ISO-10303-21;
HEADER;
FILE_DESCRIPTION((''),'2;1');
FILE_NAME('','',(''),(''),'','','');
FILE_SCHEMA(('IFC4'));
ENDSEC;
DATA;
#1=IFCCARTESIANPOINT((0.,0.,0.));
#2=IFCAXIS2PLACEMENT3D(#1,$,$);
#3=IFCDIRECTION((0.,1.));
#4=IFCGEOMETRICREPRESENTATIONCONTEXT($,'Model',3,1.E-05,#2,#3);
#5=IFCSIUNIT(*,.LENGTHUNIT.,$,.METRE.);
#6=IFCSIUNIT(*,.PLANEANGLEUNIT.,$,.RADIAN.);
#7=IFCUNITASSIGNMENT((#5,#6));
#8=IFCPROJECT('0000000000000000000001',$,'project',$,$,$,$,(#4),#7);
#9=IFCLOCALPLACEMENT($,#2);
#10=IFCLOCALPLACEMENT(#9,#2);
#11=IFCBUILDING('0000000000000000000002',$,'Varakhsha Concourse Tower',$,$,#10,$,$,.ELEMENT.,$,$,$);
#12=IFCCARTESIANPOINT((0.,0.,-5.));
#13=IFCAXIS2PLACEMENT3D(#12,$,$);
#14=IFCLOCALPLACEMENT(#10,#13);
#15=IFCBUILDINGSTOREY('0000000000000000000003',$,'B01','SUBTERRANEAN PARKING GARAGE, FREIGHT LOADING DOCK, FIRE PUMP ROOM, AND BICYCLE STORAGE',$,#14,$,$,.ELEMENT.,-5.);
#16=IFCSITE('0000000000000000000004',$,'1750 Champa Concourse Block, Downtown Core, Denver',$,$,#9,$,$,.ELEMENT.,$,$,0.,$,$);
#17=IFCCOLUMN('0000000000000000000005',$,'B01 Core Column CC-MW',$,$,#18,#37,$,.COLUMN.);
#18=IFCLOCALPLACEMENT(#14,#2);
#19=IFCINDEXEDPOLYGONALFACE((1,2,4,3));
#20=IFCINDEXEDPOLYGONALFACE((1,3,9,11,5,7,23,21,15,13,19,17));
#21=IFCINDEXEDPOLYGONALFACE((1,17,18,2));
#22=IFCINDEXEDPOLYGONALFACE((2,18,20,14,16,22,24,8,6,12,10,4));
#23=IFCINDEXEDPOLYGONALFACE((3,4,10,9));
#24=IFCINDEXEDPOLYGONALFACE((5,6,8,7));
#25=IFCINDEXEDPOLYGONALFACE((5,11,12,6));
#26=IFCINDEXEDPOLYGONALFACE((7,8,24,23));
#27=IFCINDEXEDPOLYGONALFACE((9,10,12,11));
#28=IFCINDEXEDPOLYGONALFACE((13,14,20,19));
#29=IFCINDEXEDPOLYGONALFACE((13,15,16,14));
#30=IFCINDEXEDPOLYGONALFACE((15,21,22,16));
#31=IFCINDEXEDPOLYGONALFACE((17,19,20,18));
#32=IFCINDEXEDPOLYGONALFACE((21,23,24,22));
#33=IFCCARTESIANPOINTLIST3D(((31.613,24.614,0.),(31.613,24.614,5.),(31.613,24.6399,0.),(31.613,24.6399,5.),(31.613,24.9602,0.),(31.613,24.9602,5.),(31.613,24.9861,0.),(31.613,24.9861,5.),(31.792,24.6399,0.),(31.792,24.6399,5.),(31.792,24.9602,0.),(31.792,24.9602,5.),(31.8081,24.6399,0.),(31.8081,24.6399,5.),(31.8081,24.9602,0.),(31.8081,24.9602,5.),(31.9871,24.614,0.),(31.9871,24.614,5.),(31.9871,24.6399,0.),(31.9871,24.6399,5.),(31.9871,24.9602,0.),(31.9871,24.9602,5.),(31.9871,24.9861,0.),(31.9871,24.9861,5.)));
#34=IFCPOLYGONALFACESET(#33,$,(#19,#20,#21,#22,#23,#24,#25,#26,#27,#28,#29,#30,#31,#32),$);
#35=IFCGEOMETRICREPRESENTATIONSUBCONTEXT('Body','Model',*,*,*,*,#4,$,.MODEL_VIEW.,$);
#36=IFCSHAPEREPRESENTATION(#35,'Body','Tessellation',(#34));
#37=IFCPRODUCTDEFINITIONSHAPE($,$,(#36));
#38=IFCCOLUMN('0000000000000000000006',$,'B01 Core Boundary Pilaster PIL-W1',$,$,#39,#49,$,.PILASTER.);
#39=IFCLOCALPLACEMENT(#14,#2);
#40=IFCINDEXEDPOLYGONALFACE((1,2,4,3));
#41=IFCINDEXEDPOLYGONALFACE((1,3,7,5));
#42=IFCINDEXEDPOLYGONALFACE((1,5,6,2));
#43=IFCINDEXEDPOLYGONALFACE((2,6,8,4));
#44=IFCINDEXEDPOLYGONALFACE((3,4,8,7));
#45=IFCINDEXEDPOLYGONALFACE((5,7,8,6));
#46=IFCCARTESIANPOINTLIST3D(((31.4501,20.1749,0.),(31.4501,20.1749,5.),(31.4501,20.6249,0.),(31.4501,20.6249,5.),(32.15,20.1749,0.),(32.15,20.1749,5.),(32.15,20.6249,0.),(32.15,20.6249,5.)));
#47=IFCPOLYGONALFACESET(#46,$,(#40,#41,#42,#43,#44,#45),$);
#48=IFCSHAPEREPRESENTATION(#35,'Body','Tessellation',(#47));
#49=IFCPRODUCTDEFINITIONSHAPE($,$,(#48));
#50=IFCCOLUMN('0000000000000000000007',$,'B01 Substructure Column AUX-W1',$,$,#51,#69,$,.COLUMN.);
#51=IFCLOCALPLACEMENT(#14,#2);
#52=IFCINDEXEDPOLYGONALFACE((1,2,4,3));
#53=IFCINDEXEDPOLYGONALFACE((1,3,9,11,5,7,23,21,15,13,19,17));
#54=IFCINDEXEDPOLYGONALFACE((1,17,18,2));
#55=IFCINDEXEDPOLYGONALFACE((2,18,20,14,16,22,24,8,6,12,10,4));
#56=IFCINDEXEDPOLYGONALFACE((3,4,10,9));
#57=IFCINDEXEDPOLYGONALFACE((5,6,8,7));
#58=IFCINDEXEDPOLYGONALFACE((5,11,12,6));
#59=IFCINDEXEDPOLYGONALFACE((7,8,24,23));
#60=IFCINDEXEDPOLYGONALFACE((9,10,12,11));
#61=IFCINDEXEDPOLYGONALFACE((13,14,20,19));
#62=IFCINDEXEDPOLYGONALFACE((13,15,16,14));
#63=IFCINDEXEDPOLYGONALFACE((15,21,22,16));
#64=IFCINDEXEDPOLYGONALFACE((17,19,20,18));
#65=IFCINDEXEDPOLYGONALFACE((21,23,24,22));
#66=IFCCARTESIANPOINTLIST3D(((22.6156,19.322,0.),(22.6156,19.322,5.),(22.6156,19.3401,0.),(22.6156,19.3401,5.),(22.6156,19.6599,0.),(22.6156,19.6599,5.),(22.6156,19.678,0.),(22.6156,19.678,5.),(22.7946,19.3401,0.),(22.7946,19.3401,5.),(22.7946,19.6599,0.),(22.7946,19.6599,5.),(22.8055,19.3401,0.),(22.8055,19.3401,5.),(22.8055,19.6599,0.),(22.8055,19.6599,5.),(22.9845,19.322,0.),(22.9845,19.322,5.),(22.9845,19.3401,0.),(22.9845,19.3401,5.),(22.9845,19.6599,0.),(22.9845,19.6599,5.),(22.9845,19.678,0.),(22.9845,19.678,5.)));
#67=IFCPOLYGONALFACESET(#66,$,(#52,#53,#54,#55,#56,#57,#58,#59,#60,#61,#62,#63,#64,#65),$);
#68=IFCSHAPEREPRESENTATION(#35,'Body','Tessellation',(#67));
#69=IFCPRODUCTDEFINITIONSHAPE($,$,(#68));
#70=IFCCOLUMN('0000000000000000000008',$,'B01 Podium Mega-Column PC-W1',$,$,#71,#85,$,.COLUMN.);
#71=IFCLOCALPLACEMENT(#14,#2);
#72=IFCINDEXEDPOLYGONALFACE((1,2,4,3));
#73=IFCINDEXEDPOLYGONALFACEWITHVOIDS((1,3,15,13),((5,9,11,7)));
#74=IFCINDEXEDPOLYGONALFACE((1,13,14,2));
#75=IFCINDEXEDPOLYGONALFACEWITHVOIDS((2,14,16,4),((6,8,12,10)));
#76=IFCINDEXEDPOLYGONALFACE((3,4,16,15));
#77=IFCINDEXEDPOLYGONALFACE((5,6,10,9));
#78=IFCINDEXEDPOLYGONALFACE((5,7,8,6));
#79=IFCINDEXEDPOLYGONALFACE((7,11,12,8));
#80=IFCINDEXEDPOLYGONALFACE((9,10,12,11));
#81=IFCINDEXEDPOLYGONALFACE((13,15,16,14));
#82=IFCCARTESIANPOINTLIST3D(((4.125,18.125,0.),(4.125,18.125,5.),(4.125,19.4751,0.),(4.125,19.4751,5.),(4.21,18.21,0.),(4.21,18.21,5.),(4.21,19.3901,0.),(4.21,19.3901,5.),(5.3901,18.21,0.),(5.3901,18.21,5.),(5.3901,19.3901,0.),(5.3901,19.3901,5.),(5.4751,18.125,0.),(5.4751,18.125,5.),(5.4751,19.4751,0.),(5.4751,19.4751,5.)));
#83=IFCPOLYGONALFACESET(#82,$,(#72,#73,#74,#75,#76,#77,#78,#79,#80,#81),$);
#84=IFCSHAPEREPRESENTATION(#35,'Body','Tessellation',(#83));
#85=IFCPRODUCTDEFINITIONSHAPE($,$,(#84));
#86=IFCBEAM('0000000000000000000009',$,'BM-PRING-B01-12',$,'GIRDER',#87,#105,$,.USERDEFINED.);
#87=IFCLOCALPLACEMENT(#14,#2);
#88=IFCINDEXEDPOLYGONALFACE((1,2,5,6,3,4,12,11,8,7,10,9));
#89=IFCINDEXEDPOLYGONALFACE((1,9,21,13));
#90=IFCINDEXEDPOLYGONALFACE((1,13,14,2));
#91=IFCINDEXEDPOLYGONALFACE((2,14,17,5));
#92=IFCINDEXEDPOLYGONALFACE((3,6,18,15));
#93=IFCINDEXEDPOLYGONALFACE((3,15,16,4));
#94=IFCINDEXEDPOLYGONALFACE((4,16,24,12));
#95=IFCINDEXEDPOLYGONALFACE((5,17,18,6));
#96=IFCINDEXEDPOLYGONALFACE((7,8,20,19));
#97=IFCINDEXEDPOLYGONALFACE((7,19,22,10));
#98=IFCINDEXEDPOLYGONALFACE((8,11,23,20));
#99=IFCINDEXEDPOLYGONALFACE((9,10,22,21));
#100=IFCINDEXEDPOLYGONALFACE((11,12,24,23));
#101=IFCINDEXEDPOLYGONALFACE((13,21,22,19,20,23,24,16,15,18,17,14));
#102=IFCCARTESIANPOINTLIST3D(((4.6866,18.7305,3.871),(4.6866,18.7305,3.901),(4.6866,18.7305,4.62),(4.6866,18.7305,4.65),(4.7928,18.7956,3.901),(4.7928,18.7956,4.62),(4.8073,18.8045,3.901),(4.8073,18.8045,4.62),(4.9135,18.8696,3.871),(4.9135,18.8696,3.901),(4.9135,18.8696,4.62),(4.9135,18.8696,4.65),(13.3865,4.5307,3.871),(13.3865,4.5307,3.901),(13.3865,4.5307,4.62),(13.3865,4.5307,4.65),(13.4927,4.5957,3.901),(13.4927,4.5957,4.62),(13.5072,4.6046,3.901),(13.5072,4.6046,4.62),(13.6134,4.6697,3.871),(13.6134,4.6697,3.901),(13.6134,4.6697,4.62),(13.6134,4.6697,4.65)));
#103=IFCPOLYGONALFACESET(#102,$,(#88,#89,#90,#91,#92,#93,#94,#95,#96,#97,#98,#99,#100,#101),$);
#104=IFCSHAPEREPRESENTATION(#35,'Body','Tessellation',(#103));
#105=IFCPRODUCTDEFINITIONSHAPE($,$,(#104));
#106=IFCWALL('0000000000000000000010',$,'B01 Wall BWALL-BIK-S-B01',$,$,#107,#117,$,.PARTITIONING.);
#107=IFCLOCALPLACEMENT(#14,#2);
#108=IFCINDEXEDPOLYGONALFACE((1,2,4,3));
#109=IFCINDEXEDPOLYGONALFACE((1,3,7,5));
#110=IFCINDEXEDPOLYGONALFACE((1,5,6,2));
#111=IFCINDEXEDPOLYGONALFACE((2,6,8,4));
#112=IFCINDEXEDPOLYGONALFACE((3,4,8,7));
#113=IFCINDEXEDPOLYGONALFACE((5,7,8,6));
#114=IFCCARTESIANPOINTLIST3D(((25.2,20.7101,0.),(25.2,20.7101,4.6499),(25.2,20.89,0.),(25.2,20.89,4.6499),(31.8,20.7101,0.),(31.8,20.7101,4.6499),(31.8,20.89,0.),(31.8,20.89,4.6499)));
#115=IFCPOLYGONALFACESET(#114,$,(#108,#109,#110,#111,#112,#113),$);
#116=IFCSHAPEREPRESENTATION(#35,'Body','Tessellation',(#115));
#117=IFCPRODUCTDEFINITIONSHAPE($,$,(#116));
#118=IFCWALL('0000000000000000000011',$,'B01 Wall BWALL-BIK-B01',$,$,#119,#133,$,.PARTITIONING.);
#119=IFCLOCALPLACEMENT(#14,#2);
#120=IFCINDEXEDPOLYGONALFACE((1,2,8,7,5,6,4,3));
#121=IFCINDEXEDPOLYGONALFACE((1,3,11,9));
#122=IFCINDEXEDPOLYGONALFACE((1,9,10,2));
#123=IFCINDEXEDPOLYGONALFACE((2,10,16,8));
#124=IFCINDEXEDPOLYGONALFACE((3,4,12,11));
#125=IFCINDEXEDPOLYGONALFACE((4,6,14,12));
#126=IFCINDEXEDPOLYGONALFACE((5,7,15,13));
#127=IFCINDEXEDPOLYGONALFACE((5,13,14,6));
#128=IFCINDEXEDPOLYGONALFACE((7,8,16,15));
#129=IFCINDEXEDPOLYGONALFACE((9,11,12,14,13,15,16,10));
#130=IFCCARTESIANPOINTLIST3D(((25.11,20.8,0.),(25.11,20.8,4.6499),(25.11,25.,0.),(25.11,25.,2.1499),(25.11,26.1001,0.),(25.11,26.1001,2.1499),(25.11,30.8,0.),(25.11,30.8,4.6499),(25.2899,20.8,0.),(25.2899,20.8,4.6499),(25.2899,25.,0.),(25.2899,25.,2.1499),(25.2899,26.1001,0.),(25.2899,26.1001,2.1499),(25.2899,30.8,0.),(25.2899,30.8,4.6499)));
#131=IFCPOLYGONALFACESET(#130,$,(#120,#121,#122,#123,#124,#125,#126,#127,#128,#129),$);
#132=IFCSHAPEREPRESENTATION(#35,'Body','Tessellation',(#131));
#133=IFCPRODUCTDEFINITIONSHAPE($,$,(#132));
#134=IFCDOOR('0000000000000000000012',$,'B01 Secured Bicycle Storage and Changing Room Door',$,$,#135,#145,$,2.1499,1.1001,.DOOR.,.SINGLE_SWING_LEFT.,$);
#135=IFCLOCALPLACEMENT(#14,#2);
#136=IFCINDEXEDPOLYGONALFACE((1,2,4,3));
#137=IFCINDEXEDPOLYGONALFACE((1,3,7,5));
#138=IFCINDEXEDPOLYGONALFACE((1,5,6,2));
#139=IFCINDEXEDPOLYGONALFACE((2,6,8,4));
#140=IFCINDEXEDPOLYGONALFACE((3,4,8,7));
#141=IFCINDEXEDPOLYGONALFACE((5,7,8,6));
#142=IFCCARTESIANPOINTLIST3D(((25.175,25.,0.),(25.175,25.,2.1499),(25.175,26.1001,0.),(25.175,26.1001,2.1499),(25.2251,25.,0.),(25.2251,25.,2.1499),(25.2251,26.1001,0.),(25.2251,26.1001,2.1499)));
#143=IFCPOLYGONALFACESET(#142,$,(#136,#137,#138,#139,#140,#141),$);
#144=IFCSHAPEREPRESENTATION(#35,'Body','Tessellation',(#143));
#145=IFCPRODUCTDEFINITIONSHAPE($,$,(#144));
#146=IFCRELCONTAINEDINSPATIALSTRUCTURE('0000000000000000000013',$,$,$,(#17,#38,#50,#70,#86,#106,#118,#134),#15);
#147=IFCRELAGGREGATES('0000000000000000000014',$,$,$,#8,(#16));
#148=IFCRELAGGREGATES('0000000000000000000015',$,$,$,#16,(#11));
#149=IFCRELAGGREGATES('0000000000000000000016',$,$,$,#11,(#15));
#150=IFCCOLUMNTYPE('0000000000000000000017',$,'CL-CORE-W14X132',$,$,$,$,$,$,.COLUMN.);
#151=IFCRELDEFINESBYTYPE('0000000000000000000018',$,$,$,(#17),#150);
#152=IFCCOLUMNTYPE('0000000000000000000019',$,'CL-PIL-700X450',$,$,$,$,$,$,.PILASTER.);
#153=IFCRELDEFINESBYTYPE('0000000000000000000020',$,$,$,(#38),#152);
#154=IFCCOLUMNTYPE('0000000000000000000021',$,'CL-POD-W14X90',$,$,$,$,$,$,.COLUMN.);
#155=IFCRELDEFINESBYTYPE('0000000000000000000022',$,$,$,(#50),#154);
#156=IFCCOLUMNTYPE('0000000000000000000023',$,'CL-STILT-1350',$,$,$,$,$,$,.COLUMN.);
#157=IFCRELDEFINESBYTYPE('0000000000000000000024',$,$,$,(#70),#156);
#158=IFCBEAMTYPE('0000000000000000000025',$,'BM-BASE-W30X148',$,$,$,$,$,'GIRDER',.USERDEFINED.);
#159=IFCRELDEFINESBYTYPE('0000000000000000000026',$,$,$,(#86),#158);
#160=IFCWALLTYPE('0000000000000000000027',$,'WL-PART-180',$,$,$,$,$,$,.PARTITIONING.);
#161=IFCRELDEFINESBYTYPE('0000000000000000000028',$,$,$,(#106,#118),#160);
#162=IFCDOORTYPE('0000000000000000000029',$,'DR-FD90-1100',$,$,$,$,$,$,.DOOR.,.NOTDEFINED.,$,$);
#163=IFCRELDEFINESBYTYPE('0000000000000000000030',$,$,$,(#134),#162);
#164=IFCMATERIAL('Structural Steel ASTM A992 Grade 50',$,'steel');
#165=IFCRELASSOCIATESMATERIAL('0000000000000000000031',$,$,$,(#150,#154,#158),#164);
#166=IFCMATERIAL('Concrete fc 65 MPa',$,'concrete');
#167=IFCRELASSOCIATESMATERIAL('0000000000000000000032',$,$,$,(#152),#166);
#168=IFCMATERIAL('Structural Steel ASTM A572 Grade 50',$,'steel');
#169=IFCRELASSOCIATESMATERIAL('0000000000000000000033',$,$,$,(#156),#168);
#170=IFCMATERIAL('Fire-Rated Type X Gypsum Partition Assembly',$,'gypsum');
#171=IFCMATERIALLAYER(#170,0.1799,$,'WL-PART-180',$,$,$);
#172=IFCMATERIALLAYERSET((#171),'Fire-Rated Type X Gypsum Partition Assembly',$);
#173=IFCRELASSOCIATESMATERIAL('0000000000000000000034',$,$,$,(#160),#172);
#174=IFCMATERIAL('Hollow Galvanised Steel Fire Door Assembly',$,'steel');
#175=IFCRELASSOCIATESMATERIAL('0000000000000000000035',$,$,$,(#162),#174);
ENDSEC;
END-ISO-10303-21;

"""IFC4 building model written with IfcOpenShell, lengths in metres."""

from ifc_helpers import new_model, si_unit, direction, frame, frame_2d, origin, origin_2d, place, context, subcontext, project, spatial, rectangle, hollow_rectangle, i_section, extrude, material, layer, layer_set, material_profile, profile_set, type_object, element, fill, save


model = new_model("IFC4")

# Units and contexts
model_context = context("Model", 3, precision=1e-05, world=origin(), true_north=direction((0.0, 1.0)))
body_context = subcontext(model_context, "Body", "Model", "MODEL_VIEW")
ifc_project = project(units=[si_unit("LENGTHUNIT", "METRE"), si_unit("PLANEANGLEUNIT", "RADIAN")], contexts=[model_context])

# Site, building, storey
site_placement = place(None, origin())
site = spatial("IfcSite", under=ifc_project, at=site_placement, Name="1750 Champa Concourse Block, Downtown Core, Denver", CompositionType="ELEMENT", RefElevation=0.0)
building_placement = place(site_placement, origin())
building = spatial("IfcBuilding", under=site, at=building_placement, Name="Varakhsha Concourse Tower", CompositionType="ELEMENT")
storey_placement = place(building_placement, frame((0.0, 0.0, -5.0)))
storey = spatial("IfcBuildingStorey", under=building, at=storey_placement, Name="B01", Description="SUBTERRANEAN PARKING GARAGE, FREIGHT LOADING DOCK, FIRE PUMP ROOM, AND BICYCLE STORAGE", CompositionType="ELEMENT", Elevation=-5.0)

# Columns
ifc_material_1 = material(Name="Structural Steel ASTM A992 Grade 50", Category="steel")
ifc_material_profile_1 = material_profile(ifc_material_1, i_section(OverallWidth=0.374, OverallDepth=0.3721, WebThickness=0.0161, FlangeThickness=0.0259, at=origin_2d()), Name="W14X132")
ifc_profile_set_1 = profile_set([ifc_material_profile_1], Name="Structural Steel ASTM A992 Grade 50")
column_type_1 = type_object("IfcColumnType", Name="CL-CORE-W14X132", PredefinedType="COLUMN", material=ifc_profile_set_1)
column_1_placement = place(storey_placement, frame((31.8, 24.8, 0.0), z_axis=(0.0, 0.0, 1.0), x_axis=(1.0, 0.0, 0.0)))
element("IfcColumn", 1, at=column_1_placement, inside=storey, type_object=column_type_1, Name="B01 Core Column CC-MW", PredefinedType="COLUMN", context=body_context, shape_type="SweptSolid", body=[
    extrude(i_section(OverallWidth=0.374, OverallDepth=0.3721, WebThickness=0.0161, FlangeThickness=0.0259, at=origin_2d()), origin(), (0.0, 0.0, 1.0), 5.0),
])
ifc_material_2 = material(Name="Concrete fc 65 MPa", Category="concrete")
ifc_material_profile_2 = material_profile(ifc_material_2, rectangle(XDim=0.7, YDim=0.45, at=origin_2d()), Name="RC 700x450")
ifc_profile_set_2 = profile_set([ifc_material_profile_2], Name="Concrete fc 65 MPa")
column_type_2 = type_object("IfcColumnType", Name="CL-PIL-700X450", PredefinedType="PILASTER", material=ifc_profile_set_2)
column_2_placement = place(storey_placement, frame((31.8, 20.3999, 0.0), z_axis=(0.0, 0.0, 1.0), x_axis=(1.0, 0.0, 0.0)))
element("IfcColumn", 2, at=column_2_placement, inside=storey, type_object=column_type_2, Name="B01 Core Boundary Pilaster PIL-W1", PredefinedType="PILASTER", context=body_context, shape_type="SweptSolid", body=[
    extrude(rectangle(XDim=0.7, YDim=0.45, at=origin_2d()), origin(), (0.0, 0.0, 1.0), 5.0),
])
ifc_material_profile_3 = material_profile(ifc_material_1, i_section(OverallWidth=0.3689, OverallDepth=0.356, WebThickness=0.011, FlangeThickness=0.0181, at=origin_2d()), Name="W14X90")
ifc_profile_set_3 = profile_set([ifc_material_profile_3], Name="Structural Steel ASTM A992 Grade 50")
column_type_3 = type_object("IfcColumnType", Name="CL-POD-W14X90", PredefinedType="COLUMN", material=ifc_profile_set_3)
column_3_placement = place(storey_placement, frame((22.8, 19.5, 0.0), z_axis=(0.0, 0.0, 1.0), x_axis=(1.0, 0.0, 0.0)))
element("IfcColumn", 3, at=column_3_placement, inside=storey, type_object=column_type_3, Name="B01 Substructure Column AUX-W1", PredefinedType="COLUMN", context=body_context, shape_type="SweptSolid", body=[
    extrude(i_section(OverallWidth=0.3689, OverallDepth=0.356, WebThickness=0.011, FlangeThickness=0.0181, at=origin_2d()), origin(), (0.0, 0.0, 1.0), 5.0),
])
ifc_material_3 = material(Name="Structural Steel ASTM A572 Grade 50", Category="steel")
ifc_material_profile_4 = material_profile(ifc_material_3, hollow_rectangle(XDim=1.3501, YDim=1.3501, WallThickness=0.085, at=origin_2d()), Name="BOX 1350x1350x85")
ifc_profile_set_4 = profile_set([ifc_material_profile_4], Name="Structural Steel ASTM A572 Grade 50")
column_type_4 = type_object("IfcColumnType", Name="CL-STILT-1350", PredefinedType="COLUMN", material=ifc_profile_set_4)
column_4_placement = place(storey_placement, frame((4.8, 18.8, 0.0), z_axis=(0.0, 0.0, 1.0), x_axis=(1.0, 0.0, 0.0)))
element("IfcColumn", 4, at=column_4_placement, inside=storey, type_object=column_type_4, Name="B01 Podium Mega-Column PC-W1", PredefinedType="COLUMN", context=body_context, shape_type="SweptSolid", body=[
    extrude(hollow_rectangle(XDim=1.3501, YDim=1.3501, WallThickness=0.085, at=origin_2d()), origin(), (0.0, 0.0, 1.0), 5.0),
])

# Beam
ifc_material_profile_5 = material_profile(ifc_material_1, i_section(OverallWidth=0.2661, OverallDepth=0.7791, WebThickness=0.0171, FlangeThickness=0.03, at=origin_2d()), Name="W30X148")
ifc_profile_set_5 = profile_set([ifc_material_profile_5], Name="Structural Steel ASTM A992 Grade 50")
beam_type = type_object("IfcBeamType", Name="BM-BASE-W30X148", ElementType="GIRDER", PredefinedType="USERDEFINED", material=ifc_profile_set_5)
beam_placement = place(storey_placement, frame((4.8, 18.8, 4.2605), z_axis=(0.52242, -0.852688, 0.0), x_axis=(0.852688, 0.52242, 0.0)))
element("IfcBeam", 5, at=beam_placement, inside=storey, type_object=beam_type, Name="BM-PRING-B01-12", ObjectType="GIRDER", PredefinedType="USERDEFINED", context=body_context, shape_type="SweptSolid", body=[
    extrude(i_section(OverallWidth=0.2661, OverallDepth=0.7791, WebThickness=0.0171, FlangeThickness=0.03, at=origin_2d()), origin(), (0.0, 0.0, 1.0), 16.6531),
])

# Wall
ifc_material_4 = material(Name="Fire-Rated Type X Gypsum Partition Assembly", Category="gypsum")
ifc_layer_1 = layer(ifc_material_4, 0.1799, Name="WL-PART-180")
ifc_layer_set_1 = layer_set([ifc_layer_1], Name="Fire-Rated Type X Gypsum Partition Assembly")
wall_type_1 = type_object("IfcWallType", Name="WL-PART-180", PredefinedType="PARTITIONING", material=ifc_layer_set_1)
wall_1_placement = place(storey_placement, frame((25.2, 20.8, 0.0), z_axis=(0.0, 0.0, 1.0), x_axis=(1.0, 0.0, 0.0)))
element("IfcWall", 6, at=wall_1_placement, inside=storey, type_object=wall_type_1, Name="B01 Wall BWALL-BIK-S-B01", PredefinedType="PARTITIONING", context=body_context, shape_type="SweptSolid", body=[
    extrude(rectangle(XDim=6.6001, YDim=0.1799, at=frame_2d((3.3, 0.0))), origin(), (0.0, 0.0, 1.0), 4.6499),
])

# Wall, opening, door
wall_2_placement = place(storey_placement, frame((25.2, 20.8, 0.0), z_axis=(0.0, 0.0, 1.0), x_axis=(0.0, 1.0, 0.0)))
wall_2 = element("IfcWall", 7, at=wall_2_placement, inside=storey, type_object=wall_type_1, Name="B01 Wall BWALL-BIK-B01", PredefinedType="PARTITIONING", context=body_context, shape_type="SweptSolid", body=[
    extrude(rectangle(XDim=10.0, YDim=0.1799, at=frame_2d((5.0, 0.0))), origin(), (0.0, 0.0, 1.0), 4.6499),
])
opening_1_placement = place(wall_2_placement, frame((4.2, 0.0, 0.0)))
opening_1 = element("IfcOpeningElement", 8, at=opening_1_placement, cuts=wall_2, PredefinedType="OPENING", context=body_context, shape_type="SweptSolid", body=[
    extrude(rectangle(XDim=1.1001, YDim=2.1499, at=frame_2d((0.55, 1.075))), frame((0.0, 0.0999, 0.0), z_axis=(0.0, -1.0, 0.0), x_axis=(1.0, 0.0, 0.0)), (0.0, 0.0, 1.0), 0.2),
])
ifc_material_5 = material(Name="Hollow Galvanised Steel Fire Door Assembly", Category="steel")
door_type_1 = type_object("IfcDoorType", Name="DR-FD90-1100", OperationType="NOTDEFINED", PredefinedType="DOOR", material=ifc_material_5)
door_1_placement = place(opening_1_placement, origin())
door_1 = element("IfcDoor", 9, at=door_1_placement, inside=storey, type_object=door_type_1, Name="B01 Secured Bicycle Storage and Changing Room Door", OperationType="SINGLE_SWING_LEFT", OverallHeight=2.1499, OverallWidth=1.1001, PredefinedType="DOOR", context=body_context, shape_type="SweptSolid", body=[
    extrude(rectangle(XDim=1.1001, YDim=2.1499, at=frame_2d((0.55, 1.075))), frame((0.0, 0.0249, 0.0), z_axis=(0.0, -1.0, 0.0), x_axis=(1.0, 0.0, 0.0)), (0.0, 0.0, 1.0), 0.05),
])
fill(opening_1, door_1)

save(model, "model.ifc")
